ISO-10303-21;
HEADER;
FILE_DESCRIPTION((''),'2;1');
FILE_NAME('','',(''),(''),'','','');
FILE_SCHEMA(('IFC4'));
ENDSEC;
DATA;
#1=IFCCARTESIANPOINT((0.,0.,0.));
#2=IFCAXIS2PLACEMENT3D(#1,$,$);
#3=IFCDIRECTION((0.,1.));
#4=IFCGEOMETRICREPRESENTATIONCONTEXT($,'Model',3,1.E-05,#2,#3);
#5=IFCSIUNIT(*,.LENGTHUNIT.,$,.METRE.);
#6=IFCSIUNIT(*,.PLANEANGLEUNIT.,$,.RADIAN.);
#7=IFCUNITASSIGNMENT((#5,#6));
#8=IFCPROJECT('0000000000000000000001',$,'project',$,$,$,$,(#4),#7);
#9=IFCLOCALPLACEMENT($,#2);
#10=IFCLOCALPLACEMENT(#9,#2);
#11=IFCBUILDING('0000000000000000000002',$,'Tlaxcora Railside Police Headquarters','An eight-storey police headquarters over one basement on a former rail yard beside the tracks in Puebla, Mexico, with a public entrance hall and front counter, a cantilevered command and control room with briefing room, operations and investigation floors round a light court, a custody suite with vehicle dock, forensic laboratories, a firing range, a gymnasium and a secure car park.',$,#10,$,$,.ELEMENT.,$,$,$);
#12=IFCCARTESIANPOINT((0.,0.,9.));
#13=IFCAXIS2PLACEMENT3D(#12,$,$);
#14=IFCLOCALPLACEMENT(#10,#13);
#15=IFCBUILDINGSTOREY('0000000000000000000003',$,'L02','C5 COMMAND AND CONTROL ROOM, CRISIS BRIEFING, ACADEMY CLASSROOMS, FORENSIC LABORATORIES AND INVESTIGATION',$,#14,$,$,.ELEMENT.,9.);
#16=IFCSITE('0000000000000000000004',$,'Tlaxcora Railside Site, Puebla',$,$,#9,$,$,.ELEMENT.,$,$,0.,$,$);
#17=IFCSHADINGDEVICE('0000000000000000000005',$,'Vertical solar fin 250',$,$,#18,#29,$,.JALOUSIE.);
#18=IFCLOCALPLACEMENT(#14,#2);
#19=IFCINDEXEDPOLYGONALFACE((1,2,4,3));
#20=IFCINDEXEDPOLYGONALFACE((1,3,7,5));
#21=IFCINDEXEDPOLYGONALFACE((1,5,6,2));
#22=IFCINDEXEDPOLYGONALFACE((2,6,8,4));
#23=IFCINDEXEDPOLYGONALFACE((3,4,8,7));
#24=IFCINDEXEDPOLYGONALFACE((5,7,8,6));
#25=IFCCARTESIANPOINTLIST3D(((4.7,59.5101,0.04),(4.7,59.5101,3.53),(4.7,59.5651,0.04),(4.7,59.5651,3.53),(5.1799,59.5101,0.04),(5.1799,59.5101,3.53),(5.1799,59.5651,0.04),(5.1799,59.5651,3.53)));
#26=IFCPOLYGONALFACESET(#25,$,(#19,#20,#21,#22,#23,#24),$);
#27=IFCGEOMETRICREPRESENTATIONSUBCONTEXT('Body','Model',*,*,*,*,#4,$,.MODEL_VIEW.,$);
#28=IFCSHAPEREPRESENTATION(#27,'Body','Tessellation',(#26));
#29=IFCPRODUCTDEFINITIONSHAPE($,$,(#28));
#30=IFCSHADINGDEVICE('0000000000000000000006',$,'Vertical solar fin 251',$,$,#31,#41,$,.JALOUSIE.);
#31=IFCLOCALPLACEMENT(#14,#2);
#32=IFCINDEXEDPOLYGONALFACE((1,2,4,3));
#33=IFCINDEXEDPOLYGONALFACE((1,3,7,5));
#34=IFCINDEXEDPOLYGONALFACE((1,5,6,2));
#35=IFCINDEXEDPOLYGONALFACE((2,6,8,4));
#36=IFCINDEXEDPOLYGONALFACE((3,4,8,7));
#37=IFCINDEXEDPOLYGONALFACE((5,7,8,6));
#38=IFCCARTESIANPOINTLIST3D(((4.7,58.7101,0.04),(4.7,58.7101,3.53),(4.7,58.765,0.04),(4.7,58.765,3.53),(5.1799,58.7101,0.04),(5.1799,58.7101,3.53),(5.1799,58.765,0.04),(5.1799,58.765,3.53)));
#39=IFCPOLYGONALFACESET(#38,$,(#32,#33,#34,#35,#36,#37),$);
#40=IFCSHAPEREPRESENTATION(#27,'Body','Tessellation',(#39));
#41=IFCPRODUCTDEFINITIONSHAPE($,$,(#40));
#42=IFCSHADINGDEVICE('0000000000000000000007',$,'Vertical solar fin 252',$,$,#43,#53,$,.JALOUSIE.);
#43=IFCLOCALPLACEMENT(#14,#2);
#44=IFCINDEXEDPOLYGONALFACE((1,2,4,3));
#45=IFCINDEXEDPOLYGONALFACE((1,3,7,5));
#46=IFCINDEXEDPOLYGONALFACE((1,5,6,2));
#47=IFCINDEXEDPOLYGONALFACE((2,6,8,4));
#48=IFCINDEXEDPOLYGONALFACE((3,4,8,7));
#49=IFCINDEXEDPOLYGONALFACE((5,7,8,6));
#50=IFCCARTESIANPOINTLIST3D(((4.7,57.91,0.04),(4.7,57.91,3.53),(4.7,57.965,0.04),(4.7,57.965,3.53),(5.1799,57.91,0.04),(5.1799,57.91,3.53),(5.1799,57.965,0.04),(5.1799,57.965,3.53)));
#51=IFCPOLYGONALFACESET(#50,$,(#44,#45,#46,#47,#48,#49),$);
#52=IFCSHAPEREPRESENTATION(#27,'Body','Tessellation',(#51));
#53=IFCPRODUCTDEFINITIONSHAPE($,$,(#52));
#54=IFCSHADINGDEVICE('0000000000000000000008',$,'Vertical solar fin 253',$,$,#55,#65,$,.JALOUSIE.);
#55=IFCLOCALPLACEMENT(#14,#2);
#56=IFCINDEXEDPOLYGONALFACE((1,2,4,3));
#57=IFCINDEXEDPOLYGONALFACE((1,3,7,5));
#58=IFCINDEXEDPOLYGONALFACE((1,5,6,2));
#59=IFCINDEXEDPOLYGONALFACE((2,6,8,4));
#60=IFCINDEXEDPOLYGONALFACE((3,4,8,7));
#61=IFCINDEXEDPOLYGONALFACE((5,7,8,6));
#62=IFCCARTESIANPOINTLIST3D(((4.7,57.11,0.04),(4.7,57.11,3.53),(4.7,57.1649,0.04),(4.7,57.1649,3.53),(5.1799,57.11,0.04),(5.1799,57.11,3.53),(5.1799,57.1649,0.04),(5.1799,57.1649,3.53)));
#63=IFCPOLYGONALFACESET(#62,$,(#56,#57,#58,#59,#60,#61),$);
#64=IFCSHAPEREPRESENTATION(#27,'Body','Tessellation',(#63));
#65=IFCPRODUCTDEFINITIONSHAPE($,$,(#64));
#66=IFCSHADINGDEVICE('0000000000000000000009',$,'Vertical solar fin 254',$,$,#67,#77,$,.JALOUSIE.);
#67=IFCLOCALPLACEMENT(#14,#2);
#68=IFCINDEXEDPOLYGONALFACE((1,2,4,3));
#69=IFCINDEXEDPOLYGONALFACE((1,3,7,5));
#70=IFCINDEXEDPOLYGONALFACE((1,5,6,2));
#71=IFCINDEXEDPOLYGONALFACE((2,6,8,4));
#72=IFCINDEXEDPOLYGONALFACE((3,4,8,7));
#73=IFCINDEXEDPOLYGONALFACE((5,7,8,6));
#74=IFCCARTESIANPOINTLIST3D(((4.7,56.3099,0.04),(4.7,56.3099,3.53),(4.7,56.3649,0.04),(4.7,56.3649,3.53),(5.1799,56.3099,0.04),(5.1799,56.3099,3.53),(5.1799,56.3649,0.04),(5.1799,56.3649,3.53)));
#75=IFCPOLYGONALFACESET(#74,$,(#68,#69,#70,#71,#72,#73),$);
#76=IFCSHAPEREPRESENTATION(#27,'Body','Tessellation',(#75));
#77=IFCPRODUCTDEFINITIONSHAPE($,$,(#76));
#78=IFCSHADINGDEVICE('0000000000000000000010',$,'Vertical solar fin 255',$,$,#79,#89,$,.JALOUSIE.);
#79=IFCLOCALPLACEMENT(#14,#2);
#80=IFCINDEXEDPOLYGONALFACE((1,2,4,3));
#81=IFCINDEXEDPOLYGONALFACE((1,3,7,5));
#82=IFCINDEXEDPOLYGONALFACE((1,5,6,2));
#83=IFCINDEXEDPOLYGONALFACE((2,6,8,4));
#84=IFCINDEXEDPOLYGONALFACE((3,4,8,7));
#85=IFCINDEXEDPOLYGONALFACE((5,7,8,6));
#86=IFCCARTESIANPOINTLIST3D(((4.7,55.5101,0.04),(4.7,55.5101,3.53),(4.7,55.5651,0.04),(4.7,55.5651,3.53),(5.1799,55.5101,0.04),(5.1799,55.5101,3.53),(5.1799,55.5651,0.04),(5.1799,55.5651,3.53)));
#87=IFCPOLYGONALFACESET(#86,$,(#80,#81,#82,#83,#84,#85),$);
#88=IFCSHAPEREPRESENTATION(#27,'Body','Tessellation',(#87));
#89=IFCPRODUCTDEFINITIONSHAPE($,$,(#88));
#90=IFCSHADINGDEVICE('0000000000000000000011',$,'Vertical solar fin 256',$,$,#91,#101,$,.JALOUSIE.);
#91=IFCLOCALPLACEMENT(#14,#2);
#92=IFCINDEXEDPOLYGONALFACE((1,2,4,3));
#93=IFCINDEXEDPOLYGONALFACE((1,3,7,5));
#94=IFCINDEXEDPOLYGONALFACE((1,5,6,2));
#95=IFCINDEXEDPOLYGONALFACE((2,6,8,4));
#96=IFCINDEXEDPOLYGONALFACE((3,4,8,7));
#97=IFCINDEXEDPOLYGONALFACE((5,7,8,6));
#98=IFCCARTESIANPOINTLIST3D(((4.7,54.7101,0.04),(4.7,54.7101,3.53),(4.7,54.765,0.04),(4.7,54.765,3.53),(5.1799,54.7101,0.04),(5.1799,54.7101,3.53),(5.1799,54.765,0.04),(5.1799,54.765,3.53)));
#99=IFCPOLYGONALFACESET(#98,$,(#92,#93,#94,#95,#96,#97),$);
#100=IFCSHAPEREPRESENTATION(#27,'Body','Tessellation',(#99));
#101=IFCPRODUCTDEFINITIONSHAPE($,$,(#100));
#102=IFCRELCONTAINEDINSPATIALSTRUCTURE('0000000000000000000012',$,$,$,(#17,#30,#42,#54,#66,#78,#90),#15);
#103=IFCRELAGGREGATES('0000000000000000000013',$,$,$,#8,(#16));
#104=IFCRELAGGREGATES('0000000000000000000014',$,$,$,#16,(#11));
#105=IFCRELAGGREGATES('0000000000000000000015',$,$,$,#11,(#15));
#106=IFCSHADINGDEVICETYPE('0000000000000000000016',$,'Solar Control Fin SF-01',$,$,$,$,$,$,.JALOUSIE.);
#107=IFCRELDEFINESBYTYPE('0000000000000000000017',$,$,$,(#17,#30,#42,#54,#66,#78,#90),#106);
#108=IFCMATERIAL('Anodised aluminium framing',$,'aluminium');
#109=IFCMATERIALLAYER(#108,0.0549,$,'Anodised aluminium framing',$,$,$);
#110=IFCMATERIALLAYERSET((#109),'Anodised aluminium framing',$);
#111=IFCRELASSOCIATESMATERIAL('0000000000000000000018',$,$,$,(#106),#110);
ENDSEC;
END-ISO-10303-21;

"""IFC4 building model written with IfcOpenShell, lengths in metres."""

from ifc_helpers import new_model, si_unit, direction, frame, origin, origin_2d, place, context, subcontext, project, spatial, rectangle, extrude, material, layer, layer_set, type_object, element, save


model = new_model("IFC4")

# Units and contexts
model_context = context("Model", 3, precision=1e-05, world=origin(), true_north=direction((0.0, 1.0)))
body_context = subcontext(model_context, "Body", "Model", "MODEL_VIEW")
ifc_project = project(units=[si_unit("LENGTHUNIT", "METRE"), si_unit("PLANEANGLEUNIT", "RADIAN")], contexts=[model_context])

# Site, building, storey
site_placement = place(None, origin())
site = spatial("IfcSite", under=ifc_project, at=site_placement, Name="Tlaxcora Railside Site, Puebla", CompositionType="ELEMENT", RefElevation=0.0)
building_placement = place(site_placement, origin())
building = spatial("IfcBuilding", under=site, at=building_placement, Name="Tlaxcora Railside Police Headquarters", Description="An eight-storey police headquarters over one basement on a former rail yard beside the tracks in Puebla, Mexico, with a public entrance hall and front counter, a cantilevered command and control room with briefing room, operations and investigation floors round a light court, a custody suite with vehicle dock, forensic laboratories, a firing range, a gymnasium and a secure car park.", CompositionType="ELEMENT")
storey_placement = place(building_placement, frame((0.0, 0.0, 9.0)))
storey = spatial("IfcBuildingStorey", under=building, at=storey_placement, Name="L02", Description="C5 COMMAND AND CONTROL ROOM, CRISIS BRIEFING, ACADEMY CLASSROOMS, FORENSIC LABORATORIES AND INVESTIGATION", CompositionType="ELEMENT", Elevation=9.0)

# Shared definitions
ifc_material_1 = material(Name="Anodised aluminium framing", Category="aluminium")

# Shading devices
ifc_layer_1 = layer(ifc_material_1, 0.0549, Name="Anodised aluminium framing")
ifc_layer_set_1 = layer_set([ifc_layer_1], Name="Anodised aluminium framing")
shading_device_type = type_object("IfcShadingDeviceType", Name="Solar Control Fin SF-01", PredefinedType="JALOUSIE", material=ifc_layer_set_1)
for number, where, z_axis, x_axis, name in (
    (1, (4.9399, 59.5376, 0.04), (0.0, 0.0, 1.0), (-1.0, 0.0, 0.0), "Vertical solar fin 250"),
    (2, (4.9399, 58.7375, 0.04), (0.0, 0.0, 1.0), (-1.0, 0.0, 0.0), "Vertical solar fin 251"),
    (3, (4.9399, 57.9375, 0.04), (0.0, 0.0, 1.0), (-1.0, 0.0, 0.0), "Vertical solar fin 252"),
    (4, (4.9399, 57.1375, 0.04), (0.0, 0.0, 1.0), (-1.0, 0.0, 0.0), "Vertical solar fin 253"),
    (5, (4.9399, 56.3374, 0.04), (0.0, 0.0, 1.0), (-1.0, 0.0, 0.0), "Vertical solar fin 254"),
    (6, (4.9399, 55.5376, 0.04), (0.0, 0.0, 1.0), (-1.0, 0.0, 0.0), "Vertical solar fin 255"),
    (7, (4.9399, 54.7375, 0.04), (0.0, 0.0, 1.0), (-1.0, 0.0, 0.0), "Vertical solar fin 256"),
):
    element("IfcShadingDevice", number, at=place(storey_placement, frame(where, z_axis=z_axis, x_axis=x_axis)), inside=storey, type_object=shading_device_type, Name=name, PredefinedType="JALOUSIE", context=body_context, shape_type="SweptSolid", body=[
        extrude(rectangle(XDim=0.48, YDim=0.0549, at=origin_2d()), origin(), (0.0, 0.0, 1.0), 3.49),
    ])

save(model, "model.ifc")
